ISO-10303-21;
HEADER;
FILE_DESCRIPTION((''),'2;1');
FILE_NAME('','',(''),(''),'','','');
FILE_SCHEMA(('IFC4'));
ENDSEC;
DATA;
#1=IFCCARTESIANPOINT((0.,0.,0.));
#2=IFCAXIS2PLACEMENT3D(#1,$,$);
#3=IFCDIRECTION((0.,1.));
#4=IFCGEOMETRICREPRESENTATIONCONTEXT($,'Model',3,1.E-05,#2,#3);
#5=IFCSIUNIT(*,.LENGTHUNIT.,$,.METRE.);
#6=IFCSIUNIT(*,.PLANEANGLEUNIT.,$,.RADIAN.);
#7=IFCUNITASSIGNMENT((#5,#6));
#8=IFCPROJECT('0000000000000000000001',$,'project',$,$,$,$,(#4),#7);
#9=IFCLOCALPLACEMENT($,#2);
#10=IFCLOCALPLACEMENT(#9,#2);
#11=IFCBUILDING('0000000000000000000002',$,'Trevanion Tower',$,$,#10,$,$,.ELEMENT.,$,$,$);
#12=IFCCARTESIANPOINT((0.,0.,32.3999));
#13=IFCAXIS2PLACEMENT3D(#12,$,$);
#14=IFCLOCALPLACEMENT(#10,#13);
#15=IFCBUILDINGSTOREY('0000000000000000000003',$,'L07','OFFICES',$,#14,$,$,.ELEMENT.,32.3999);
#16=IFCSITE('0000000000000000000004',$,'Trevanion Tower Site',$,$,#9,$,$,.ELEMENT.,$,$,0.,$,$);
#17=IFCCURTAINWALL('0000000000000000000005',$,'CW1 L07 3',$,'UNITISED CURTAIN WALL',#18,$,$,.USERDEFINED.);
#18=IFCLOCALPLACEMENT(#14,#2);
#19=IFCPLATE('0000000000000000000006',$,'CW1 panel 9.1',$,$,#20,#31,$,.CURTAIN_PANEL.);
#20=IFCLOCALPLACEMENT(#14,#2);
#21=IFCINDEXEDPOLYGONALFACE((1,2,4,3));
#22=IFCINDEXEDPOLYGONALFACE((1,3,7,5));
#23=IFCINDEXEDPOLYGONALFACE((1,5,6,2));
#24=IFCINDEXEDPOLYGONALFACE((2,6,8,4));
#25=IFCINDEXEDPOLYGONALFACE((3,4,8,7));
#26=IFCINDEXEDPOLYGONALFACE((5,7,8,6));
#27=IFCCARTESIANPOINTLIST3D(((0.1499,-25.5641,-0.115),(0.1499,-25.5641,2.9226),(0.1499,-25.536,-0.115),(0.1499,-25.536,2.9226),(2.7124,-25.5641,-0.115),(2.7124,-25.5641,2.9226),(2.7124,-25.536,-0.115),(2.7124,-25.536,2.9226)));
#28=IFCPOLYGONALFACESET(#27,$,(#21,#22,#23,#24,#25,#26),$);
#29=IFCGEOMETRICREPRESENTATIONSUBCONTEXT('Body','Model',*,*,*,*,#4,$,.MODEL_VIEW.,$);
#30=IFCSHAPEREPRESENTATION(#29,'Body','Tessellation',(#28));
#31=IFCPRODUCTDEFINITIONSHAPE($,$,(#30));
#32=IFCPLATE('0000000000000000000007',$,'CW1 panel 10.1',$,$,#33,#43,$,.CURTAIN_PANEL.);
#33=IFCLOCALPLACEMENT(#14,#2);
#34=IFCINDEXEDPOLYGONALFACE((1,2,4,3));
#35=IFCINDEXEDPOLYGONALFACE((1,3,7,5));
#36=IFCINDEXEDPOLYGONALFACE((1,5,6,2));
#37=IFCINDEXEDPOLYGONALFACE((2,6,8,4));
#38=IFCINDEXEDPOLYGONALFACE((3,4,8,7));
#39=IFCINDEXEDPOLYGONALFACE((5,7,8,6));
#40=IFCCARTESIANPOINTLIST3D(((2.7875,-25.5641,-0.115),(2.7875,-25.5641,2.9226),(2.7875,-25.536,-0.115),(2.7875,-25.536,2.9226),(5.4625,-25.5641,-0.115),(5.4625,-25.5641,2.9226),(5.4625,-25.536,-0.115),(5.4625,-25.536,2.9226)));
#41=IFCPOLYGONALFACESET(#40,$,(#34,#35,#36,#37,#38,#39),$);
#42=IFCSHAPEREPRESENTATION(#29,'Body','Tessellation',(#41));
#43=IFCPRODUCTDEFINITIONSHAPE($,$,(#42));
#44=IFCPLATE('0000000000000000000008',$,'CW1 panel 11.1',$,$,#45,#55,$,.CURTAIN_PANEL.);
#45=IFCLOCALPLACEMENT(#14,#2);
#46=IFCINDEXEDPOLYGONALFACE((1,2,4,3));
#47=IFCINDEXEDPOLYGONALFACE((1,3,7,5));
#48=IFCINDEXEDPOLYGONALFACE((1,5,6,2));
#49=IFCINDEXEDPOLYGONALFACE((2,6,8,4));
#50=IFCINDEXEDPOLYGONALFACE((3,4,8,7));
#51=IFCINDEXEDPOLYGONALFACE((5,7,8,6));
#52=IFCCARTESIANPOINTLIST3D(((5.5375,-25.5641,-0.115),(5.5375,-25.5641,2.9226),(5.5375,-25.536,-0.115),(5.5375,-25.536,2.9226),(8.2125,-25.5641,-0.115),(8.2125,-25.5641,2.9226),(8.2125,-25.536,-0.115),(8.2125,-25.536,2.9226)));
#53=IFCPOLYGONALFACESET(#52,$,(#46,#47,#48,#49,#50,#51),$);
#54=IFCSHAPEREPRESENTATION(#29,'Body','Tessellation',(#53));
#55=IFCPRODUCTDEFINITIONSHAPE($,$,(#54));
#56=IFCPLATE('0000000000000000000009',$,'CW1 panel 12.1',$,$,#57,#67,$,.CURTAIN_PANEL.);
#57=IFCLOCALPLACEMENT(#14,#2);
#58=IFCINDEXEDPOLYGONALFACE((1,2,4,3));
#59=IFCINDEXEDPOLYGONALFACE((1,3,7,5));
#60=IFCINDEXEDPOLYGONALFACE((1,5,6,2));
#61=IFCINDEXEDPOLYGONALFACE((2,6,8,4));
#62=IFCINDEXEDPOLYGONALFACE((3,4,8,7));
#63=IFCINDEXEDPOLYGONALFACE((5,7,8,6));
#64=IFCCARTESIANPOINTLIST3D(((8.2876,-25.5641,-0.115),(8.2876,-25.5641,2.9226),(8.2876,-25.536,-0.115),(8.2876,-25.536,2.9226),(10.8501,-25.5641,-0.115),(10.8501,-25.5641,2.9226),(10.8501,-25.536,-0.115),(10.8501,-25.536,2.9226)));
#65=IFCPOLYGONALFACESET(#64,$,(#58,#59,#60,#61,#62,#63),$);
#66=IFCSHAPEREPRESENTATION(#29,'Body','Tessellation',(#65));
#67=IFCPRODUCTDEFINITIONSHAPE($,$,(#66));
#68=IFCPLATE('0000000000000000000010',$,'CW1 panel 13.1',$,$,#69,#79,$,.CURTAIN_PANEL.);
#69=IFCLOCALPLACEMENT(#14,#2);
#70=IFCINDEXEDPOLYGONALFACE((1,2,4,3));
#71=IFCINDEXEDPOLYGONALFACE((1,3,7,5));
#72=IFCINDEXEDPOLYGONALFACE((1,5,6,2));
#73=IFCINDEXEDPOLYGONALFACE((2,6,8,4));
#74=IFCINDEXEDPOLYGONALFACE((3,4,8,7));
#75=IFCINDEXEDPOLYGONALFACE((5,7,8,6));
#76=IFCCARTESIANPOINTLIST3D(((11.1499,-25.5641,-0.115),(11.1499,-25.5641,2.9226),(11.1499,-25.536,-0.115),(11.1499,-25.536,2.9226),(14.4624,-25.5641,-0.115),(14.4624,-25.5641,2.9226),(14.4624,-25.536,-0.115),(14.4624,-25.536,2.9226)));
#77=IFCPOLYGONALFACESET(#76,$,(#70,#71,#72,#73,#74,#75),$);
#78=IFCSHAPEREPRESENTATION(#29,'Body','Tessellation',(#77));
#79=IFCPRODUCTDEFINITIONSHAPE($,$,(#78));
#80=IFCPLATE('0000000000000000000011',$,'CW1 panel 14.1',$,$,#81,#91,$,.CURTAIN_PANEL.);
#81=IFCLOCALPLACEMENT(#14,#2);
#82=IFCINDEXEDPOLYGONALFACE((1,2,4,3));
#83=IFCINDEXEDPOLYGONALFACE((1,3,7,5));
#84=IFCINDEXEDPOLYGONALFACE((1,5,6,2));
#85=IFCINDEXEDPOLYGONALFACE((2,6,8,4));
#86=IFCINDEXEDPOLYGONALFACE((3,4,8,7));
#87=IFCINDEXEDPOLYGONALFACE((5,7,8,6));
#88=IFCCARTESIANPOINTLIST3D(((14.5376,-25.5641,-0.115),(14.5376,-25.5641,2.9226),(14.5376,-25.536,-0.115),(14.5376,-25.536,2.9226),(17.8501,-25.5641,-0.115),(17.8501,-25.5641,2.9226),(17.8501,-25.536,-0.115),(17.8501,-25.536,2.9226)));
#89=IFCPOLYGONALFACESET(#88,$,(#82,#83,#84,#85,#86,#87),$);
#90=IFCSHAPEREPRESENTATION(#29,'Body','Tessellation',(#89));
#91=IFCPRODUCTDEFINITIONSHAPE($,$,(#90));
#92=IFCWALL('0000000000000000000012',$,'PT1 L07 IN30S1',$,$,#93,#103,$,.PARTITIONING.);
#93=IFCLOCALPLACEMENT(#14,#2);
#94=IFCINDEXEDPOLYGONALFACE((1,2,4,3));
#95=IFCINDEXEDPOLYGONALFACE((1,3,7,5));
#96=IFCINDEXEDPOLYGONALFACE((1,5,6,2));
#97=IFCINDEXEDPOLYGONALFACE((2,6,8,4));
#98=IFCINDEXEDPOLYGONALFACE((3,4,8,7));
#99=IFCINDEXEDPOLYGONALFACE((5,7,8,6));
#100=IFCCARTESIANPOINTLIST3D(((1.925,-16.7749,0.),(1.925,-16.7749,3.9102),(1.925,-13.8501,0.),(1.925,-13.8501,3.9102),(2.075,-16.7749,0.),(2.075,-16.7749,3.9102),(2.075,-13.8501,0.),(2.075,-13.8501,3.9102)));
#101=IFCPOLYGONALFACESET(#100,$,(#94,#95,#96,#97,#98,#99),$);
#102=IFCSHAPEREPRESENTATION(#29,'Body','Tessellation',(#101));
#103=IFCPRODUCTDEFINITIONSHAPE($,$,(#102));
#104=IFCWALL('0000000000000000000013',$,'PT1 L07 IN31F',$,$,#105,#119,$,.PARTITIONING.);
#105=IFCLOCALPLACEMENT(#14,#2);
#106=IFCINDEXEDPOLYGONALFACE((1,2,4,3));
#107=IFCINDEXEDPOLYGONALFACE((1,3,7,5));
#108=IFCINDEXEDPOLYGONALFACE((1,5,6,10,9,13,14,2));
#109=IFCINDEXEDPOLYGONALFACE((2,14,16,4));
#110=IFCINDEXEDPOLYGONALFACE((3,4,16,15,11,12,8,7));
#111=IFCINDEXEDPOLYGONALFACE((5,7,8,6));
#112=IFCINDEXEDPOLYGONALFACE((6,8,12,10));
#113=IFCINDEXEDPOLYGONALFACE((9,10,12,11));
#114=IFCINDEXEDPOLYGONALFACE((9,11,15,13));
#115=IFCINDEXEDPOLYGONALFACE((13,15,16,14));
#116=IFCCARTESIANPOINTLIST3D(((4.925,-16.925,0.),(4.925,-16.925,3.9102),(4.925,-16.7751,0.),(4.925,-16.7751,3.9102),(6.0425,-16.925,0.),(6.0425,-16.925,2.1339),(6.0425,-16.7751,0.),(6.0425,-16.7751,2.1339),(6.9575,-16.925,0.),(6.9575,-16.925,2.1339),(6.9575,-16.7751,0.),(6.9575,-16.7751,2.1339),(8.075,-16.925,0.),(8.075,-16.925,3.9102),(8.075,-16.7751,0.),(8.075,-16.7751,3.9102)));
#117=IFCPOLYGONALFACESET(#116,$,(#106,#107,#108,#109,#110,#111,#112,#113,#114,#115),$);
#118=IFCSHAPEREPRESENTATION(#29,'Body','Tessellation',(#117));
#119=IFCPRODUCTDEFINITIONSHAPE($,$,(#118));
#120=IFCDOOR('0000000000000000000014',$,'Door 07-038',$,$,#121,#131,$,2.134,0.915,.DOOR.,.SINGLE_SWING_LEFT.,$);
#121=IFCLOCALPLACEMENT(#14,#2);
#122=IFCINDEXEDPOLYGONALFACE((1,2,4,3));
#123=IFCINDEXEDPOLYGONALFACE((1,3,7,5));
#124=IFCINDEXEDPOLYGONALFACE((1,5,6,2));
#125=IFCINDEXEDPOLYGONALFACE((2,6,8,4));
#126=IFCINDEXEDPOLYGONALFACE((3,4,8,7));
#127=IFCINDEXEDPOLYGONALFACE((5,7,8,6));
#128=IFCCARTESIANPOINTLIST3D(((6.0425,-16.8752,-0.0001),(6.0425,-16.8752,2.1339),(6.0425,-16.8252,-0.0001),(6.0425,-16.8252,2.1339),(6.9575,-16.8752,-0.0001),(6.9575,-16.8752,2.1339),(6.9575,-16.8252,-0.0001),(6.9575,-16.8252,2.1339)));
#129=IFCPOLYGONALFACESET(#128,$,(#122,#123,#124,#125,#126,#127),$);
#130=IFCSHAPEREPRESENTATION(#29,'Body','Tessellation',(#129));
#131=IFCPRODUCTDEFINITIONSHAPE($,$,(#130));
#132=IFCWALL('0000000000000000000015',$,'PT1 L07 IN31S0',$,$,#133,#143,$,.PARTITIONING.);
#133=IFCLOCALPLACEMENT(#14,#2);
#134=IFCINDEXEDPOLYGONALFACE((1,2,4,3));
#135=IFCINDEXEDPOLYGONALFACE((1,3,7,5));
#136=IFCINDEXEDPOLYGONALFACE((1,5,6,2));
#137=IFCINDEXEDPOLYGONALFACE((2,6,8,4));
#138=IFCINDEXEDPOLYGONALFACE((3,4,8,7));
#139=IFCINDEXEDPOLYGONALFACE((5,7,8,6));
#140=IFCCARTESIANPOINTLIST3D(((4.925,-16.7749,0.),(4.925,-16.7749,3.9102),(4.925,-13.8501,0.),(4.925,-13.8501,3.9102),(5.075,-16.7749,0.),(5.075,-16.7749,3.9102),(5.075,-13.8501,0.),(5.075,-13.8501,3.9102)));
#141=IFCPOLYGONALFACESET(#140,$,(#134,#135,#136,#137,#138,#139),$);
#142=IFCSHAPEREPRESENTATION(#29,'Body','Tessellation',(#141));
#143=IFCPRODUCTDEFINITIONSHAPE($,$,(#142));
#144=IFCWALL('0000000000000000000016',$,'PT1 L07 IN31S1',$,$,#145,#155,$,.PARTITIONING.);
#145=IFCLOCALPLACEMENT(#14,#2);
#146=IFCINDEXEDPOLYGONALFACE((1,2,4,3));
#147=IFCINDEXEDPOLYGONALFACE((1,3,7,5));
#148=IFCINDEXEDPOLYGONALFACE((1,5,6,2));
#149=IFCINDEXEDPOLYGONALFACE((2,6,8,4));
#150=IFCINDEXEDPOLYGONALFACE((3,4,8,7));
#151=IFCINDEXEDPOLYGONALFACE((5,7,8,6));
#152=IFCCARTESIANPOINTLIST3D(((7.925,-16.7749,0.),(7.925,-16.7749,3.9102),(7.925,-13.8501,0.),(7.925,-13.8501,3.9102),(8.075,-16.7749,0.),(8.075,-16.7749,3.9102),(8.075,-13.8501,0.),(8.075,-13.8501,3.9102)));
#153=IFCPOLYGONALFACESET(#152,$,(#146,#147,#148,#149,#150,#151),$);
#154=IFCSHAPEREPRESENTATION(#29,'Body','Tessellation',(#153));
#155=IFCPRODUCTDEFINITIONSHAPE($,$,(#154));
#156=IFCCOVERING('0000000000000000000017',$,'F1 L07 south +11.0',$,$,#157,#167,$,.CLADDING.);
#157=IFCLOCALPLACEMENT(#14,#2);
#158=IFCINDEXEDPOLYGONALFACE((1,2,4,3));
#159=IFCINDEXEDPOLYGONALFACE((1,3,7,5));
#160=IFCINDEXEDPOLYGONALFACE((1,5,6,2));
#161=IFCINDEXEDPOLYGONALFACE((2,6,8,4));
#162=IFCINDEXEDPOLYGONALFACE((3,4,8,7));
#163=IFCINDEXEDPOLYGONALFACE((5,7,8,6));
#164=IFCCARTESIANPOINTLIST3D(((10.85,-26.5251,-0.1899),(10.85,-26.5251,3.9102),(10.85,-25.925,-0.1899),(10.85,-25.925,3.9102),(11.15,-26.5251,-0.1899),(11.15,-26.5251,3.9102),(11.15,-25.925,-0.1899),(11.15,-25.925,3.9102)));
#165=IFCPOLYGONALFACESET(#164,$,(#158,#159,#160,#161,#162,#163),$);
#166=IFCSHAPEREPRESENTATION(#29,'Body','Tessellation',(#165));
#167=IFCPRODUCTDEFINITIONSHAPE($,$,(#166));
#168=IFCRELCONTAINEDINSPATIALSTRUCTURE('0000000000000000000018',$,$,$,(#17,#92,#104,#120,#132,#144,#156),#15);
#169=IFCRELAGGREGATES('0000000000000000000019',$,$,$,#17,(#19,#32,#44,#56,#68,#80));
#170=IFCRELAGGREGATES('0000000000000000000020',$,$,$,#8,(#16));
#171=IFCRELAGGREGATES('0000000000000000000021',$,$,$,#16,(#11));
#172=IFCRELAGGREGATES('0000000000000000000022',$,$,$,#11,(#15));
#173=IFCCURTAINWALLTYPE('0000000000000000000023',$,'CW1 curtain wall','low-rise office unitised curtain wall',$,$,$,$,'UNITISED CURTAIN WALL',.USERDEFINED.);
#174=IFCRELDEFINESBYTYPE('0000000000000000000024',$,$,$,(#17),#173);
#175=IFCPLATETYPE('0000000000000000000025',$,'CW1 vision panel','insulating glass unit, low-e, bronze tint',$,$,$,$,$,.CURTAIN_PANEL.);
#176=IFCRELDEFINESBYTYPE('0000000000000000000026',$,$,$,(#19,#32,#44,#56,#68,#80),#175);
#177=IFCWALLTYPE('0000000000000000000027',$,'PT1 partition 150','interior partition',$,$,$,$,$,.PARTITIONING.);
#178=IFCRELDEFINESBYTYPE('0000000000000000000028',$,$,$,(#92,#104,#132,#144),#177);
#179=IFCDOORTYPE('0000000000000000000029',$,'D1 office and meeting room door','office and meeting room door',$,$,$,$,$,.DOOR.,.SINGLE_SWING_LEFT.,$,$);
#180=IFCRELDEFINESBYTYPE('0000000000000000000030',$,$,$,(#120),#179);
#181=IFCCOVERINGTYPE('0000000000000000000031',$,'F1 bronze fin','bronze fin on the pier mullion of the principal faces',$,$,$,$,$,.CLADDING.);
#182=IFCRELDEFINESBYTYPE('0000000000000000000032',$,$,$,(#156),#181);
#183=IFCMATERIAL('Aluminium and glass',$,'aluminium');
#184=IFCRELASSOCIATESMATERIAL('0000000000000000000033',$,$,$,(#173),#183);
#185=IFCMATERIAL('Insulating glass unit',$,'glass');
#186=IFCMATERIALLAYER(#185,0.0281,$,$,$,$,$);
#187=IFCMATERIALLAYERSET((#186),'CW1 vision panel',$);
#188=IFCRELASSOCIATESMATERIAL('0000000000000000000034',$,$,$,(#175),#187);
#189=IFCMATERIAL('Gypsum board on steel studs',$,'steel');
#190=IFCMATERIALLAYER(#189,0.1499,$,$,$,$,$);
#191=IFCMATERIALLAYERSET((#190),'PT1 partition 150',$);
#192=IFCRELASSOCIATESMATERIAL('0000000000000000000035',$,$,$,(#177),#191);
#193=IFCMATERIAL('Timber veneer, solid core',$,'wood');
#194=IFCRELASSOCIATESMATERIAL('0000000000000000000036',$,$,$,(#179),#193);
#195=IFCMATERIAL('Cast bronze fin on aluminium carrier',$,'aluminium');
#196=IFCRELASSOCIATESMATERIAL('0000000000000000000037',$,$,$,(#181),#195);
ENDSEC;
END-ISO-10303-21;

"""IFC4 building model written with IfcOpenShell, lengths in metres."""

from ifc_helpers import new_model, si_unit, direction, frame, frame_2d, origin, origin_2d, place, context, subcontext, project, spatial, rectangle, extrude, material, layer, layer_set, type_object, element, fill, aggregate, save


model = new_model("IFC4")

# Units and contexts
model_context = context("Model", 3, precision=1e-05, world=origin(), true_north=direction((0.0, 1.0)))
body_context = subcontext(model_context, "Body", "Model", "MODEL_VIEW")
ifc_project = project(units=[si_unit("LENGTHUNIT", "METRE"), si_unit("PLANEANGLEUNIT", "RADIAN")], contexts=[model_context])

# Site, building, storey
site_placement = place(None, origin())
site = spatial("IfcSite", under=ifc_project, at=site_placement, Name="Trevanion Tower Site", CompositionType="ELEMENT", RefElevation=0.0)
building_placement = place(site_placement, origin())
building = spatial("IfcBuilding", under=site, at=building_placement, Name="Trevanion Tower", CompositionType="ELEMENT")
storey_placement = place(building_placement, frame((0.0, 0.0, 32.3999)))
storey = spatial("IfcBuildingStorey", under=building, at=storey_placement, Name="L07", Description="OFFICES", CompositionType="ELEMENT", Elevation=32.3999)

# Curtain wall
ifc_material_1 = material(Name="Aluminium and glass", Category="aluminium")
curtain_wall_type = type_object("IfcCurtainWallType", Name="CW1 curtain wall", Description="low-rise office unitised curtain wall", ElementType="UNITISED CURTAIN WALL", PredefinedType="USERDEFINED", material=ifc_material_1)
curtain_wall_placement = place(storey_placement, origin())
curtain_wall = element("IfcCurtainWall", 1, at=curtain_wall_placement, inside=storey, type_object=curtain_wall_type, Name="CW1 L07 3", ObjectType="UNITISED CURTAIN WALL", PredefinedType="USERDEFINED")

# Plates
ifc_material_2 = material(Name="Insulating glass unit", Category="glass")
ifc_layer_1 = layer(ifc_material_2, 0.0281)
ifc_layer_set_1 = layer_set([ifc_layer_1], Name="CW1 vision panel")
plate_type_1 = type_object("IfcPlateType", Name="CW1 vision panel", Description="insulating glass unit, low-e, bronze tint", PredefinedType="CURTAIN_PANEL", material=ifc_layer_set_1)
plate_1_placement = place(storey_placement, frame((1.4312, -25.55, -0.115), z_axis=(0.0, 0.0, 1.0), x_axis=(1.0, 0.0, 0.0)))
plate_1 = element("IfcPlate", 2, at=plate_1_placement, type_object=plate_type_1, Name="CW1 panel 9.1", PredefinedType="CURTAIN_PANEL", context=body_context, shape_type="SweptSolid", body=[
    extrude(rectangle(XDim=2.5625, YDim=0.0281, at=origin_2d()), origin(), (0.0, 0.0, 1.0), 3.0376),
])
plate_2_placement = place(storey_placement, frame((4.125, -25.55, -0.115), z_axis=(0.0, 0.0, 1.0), x_axis=(1.0, 0.0, 0.0)))
plate_2 = element("IfcPlate", 3, at=plate_2_placement, type_object=plate_type_1, Name="CW1 panel 10.1", PredefinedType="CURTAIN_PANEL", context=body_context, shape_type="SweptSolid", body=[
    extrude(rectangle(XDim=2.675, YDim=0.0281, at=origin_2d()), origin(), (0.0, 0.0, 1.0), 3.0376),
])
plate_3_placement = place(storey_placement, frame((6.875, -25.55, -0.115), z_axis=(0.0, 0.0, 1.0), x_axis=(1.0, 0.0, 0.0)))
plate_3 = element("IfcPlate", 4, at=plate_3_placement, type_object=plate_type_1, Name="CW1 panel 11.1", PredefinedType="CURTAIN_PANEL", context=body_context, shape_type="SweptSolid", body=[
    extrude(rectangle(XDim=2.675, YDim=0.0281, at=origin_2d()), origin(), (0.0, 0.0, 1.0), 3.0376),
])
plate_4_placement = place(storey_placement, frame((9.5688, -25.55, -0.115), z_axis=(0.0, 0.0, 1.0), x_axis=(1.0, 0.0, 0.0)))
plate_4 = element("IfcPlate", 5, at=plate_4_placement, type_object=plate_type_1, Name="CW1 panel 12.1", PredefinedType="CURTAIN_PANEL", context=body_context, shape_type="SweptSolid", body=[
    extrude(rectangle(XDim=2.5625, YDim=0.0281, at=origin_2d()), origin(), (0.0, 0.0, 1.0), 3.0376),
])
plate_5_placement = place(storey_placement, frame((12.8062, -25.55, -0.115), z_axis=(0.0, 0.0, 1.0), x_axis=(1.0, 0.0, 0.0)))
plate_5 = element("IfcPlate", 6, at=plate_5_placement, type_object=plate_type_1, Name="CW1 panel 13.1", PredefinedType="CURTAIN_PANEL", context=body_context, shape_type="SweptSolid", body=[
    extrude(rectangle(XDim=3.3125, YDim=0.0281, at=origin_2d()), origin(), (0.0, 0.0, 1.0), 3.0376),
])
plate_6_placement = place(storey_placement, frame((16.1938, -25.55, -0.115), z_axis=(0.0, 0.0, 1.0), x_axis=(1.0, 0.0, 0.0)))
plate_6 = element("IfcPlate", 7, at=plate_6_placement, type_object=plate_type_1, Name="CW1 panel 14.1", PredefinedType="CURTAIN_PANEL", context=body_context, shape_type="SweptSolid", body=[
    extrude(rectangle(XDim=3.3125, YDim=0.0281, at=origin_2d()), origin(), (0.0, 0.0, 1.0), 3.0376),
])
aggregate(curtain_wall, [plate_1, plate_2, plate_3, plate_4, plate_5, plate_6])

# Wall
ifc_material_3 = material(Name="Gypsum board on steel studs", Category="steel")
ifc_layer_2 = layer(ifc_material_3, 0.1499)
ifc_layer_set_2 = layer_set([ifc_layer_2], Name="PT1 partition 150")
wall_type = type_object("IfcWallType", Name="PT1 partition 150", Description="interior partition", PredefinedType="PARTITIONING", material=ifc_layer_set_2)
wall_1_placement = place(storey_placement, frame((2.0, -16.7749, 0.0), z_axis=(0.0, 0.0, 1.0), x_axis=(0.0, 1.0, 0.0)))
element("IfcWall", 8, at=wall_1_placement, inside=storey, type_object=wall_type, Name="PT1 L07 IN30S1", PredefinedType="PARTITIONING", context=body_context, shape_type="SweptSolid", body=[
    extrude(rectangle(XDim=2.9248, YDim=0.1499, at=frame_2d((1.4624, 0.0))), origin(), (0.0, 0.0, 1.0), 3.9102),
])

# Wall, opening, door
wall_2_placement = place(storey_placement, frame((4.925, -16.8501, 0.0), z_axis=(0.0, 0.0, 1.0), x_axis=(1.0, 0.0, 0.0)))
wall_2 = element("IfcWall", 9, at=wall_2_placement, inside=storey, type_object=wall_type, Name="PT1 L07 IN31F", PredefinedType="PARTITIONING", context=body_context, shape_type="SweptSolid", body=[
    extrude(rectangle(XDim=3.1499, YDim=0.1499, at=frame_2d((1.575, 0.0))), origin(), (0.0, 0.0, 1.0), 3.9102),
])
opening_placement = place(wall_2_placement, frame((1.1174, 0.0, 0.0)))
opening = element("IfcOpeningElement", 10, at=opening_placement, cuts=wall_2, PredefinedType="OPENING", context=body_context, shape_type="SweptSolid", body=[
    extrude(rectangle(XDim=0.915, YDim=2.134, at=frame_2d((0.4575, 1.0669))), frame((0.0, 0.085, 0.0), z_axis=(0.0, -1.0, 0.0), x_axis=(1.0, 0.0, 0.0)), (0.0, 0.0, 1.0), 0.1699),
])
ifc_material_4 = material(Name="Timber veneer, solid core", Category="wood")
door_type = type_object("IfcDoorType", Name="D1 office and meeting room door", Description="office and meeting room door", OperationType="SINGLE_SWING_LEFT", PredefinedType="DOOR", material=ifc_material_4)
door_placement = place(opening_placement, origin())
door = element("IfcDoor", 11, at=door_placement, inside=storey, type_object=door_type, Name="Door 07-038", OperationType="SINGLE_SWING_LEFT", OverallHeight=2.134, OverallWidth=0.915, PredefinedType="DOOR", context=body_context, shape_type="SweptSolid", body=[
    extrude(rectangle(XDim=0.915, YDim=2.134, at=frame_2d((0.4575, 1.0669))), frame((0.0, 0.0249, 0.0), z_axis=(0.0, -1.0, 0.0), x_axis=(1.0, 0.0, 0.0)), (0.0, 0.0, 1.0), 0.05),
])
fill(opening, door)

# Walls
for number, where, z_axis, x_axis, name in (
    (12, (5.0, -16.7749, 0.0), (0.0, 0.0, 1.0), (0.0, 1.0, 0.0), "PT1 L07 IN31S0"),
    (13, (8.0, -16.7749, 0.0), (0.0, 0.0, 1.0), (0.0, 1.0, 0.0), "PT1 L07 IN31S1"),
):
    element("IfcWall", number, at=place(storey_placement, frame(where, z_axis=z_axis, x_axis=x_axis)), inside=storey, type_object=wall_type, Name=name, PredefinedType="PARTITIONING", context=body_context, shape_type="SweptSolid", body=[
        extrude(rectangle(XDim=2.9248, YDim=0.1499, at=frame_2d((1.4624, 0.0))), origin(), (0.0, 0.0, 1.0), 3.9102),
    ])

# Covering
ifc_material_5 = material(Name="Cast bronze fin on aluminium carrier", Category="aluminium")
covering_type = type_object("IfcCoveringType", Name="F1 bronze fin", Description="bronze fin on the pier mullion of the principal faces", PredefinedType="CLADDING", material=ifc_material_5)
covering_placement = place(storey_placement, frame((11.0, -26.2251, -0.1899), z_axis=(0.0, 0.0, 1.0), x_axis=(1.0, 0.0, 0.0)))
element("IfcCovering", 14, at=covering_placement, inside=storey, type_object=covering_type, Name="F1 L07 south +11.0", PredefinedType="CLADDING", context=body_context, shape_type="SweptSolid", body=[
    extrude(rectangle(XDim=0.3, YDim=0.6001, at=origin_2d()), origin(), (0.0, 0.0, 1.0), 4.1001),
])

save(model, "model.ifc")
